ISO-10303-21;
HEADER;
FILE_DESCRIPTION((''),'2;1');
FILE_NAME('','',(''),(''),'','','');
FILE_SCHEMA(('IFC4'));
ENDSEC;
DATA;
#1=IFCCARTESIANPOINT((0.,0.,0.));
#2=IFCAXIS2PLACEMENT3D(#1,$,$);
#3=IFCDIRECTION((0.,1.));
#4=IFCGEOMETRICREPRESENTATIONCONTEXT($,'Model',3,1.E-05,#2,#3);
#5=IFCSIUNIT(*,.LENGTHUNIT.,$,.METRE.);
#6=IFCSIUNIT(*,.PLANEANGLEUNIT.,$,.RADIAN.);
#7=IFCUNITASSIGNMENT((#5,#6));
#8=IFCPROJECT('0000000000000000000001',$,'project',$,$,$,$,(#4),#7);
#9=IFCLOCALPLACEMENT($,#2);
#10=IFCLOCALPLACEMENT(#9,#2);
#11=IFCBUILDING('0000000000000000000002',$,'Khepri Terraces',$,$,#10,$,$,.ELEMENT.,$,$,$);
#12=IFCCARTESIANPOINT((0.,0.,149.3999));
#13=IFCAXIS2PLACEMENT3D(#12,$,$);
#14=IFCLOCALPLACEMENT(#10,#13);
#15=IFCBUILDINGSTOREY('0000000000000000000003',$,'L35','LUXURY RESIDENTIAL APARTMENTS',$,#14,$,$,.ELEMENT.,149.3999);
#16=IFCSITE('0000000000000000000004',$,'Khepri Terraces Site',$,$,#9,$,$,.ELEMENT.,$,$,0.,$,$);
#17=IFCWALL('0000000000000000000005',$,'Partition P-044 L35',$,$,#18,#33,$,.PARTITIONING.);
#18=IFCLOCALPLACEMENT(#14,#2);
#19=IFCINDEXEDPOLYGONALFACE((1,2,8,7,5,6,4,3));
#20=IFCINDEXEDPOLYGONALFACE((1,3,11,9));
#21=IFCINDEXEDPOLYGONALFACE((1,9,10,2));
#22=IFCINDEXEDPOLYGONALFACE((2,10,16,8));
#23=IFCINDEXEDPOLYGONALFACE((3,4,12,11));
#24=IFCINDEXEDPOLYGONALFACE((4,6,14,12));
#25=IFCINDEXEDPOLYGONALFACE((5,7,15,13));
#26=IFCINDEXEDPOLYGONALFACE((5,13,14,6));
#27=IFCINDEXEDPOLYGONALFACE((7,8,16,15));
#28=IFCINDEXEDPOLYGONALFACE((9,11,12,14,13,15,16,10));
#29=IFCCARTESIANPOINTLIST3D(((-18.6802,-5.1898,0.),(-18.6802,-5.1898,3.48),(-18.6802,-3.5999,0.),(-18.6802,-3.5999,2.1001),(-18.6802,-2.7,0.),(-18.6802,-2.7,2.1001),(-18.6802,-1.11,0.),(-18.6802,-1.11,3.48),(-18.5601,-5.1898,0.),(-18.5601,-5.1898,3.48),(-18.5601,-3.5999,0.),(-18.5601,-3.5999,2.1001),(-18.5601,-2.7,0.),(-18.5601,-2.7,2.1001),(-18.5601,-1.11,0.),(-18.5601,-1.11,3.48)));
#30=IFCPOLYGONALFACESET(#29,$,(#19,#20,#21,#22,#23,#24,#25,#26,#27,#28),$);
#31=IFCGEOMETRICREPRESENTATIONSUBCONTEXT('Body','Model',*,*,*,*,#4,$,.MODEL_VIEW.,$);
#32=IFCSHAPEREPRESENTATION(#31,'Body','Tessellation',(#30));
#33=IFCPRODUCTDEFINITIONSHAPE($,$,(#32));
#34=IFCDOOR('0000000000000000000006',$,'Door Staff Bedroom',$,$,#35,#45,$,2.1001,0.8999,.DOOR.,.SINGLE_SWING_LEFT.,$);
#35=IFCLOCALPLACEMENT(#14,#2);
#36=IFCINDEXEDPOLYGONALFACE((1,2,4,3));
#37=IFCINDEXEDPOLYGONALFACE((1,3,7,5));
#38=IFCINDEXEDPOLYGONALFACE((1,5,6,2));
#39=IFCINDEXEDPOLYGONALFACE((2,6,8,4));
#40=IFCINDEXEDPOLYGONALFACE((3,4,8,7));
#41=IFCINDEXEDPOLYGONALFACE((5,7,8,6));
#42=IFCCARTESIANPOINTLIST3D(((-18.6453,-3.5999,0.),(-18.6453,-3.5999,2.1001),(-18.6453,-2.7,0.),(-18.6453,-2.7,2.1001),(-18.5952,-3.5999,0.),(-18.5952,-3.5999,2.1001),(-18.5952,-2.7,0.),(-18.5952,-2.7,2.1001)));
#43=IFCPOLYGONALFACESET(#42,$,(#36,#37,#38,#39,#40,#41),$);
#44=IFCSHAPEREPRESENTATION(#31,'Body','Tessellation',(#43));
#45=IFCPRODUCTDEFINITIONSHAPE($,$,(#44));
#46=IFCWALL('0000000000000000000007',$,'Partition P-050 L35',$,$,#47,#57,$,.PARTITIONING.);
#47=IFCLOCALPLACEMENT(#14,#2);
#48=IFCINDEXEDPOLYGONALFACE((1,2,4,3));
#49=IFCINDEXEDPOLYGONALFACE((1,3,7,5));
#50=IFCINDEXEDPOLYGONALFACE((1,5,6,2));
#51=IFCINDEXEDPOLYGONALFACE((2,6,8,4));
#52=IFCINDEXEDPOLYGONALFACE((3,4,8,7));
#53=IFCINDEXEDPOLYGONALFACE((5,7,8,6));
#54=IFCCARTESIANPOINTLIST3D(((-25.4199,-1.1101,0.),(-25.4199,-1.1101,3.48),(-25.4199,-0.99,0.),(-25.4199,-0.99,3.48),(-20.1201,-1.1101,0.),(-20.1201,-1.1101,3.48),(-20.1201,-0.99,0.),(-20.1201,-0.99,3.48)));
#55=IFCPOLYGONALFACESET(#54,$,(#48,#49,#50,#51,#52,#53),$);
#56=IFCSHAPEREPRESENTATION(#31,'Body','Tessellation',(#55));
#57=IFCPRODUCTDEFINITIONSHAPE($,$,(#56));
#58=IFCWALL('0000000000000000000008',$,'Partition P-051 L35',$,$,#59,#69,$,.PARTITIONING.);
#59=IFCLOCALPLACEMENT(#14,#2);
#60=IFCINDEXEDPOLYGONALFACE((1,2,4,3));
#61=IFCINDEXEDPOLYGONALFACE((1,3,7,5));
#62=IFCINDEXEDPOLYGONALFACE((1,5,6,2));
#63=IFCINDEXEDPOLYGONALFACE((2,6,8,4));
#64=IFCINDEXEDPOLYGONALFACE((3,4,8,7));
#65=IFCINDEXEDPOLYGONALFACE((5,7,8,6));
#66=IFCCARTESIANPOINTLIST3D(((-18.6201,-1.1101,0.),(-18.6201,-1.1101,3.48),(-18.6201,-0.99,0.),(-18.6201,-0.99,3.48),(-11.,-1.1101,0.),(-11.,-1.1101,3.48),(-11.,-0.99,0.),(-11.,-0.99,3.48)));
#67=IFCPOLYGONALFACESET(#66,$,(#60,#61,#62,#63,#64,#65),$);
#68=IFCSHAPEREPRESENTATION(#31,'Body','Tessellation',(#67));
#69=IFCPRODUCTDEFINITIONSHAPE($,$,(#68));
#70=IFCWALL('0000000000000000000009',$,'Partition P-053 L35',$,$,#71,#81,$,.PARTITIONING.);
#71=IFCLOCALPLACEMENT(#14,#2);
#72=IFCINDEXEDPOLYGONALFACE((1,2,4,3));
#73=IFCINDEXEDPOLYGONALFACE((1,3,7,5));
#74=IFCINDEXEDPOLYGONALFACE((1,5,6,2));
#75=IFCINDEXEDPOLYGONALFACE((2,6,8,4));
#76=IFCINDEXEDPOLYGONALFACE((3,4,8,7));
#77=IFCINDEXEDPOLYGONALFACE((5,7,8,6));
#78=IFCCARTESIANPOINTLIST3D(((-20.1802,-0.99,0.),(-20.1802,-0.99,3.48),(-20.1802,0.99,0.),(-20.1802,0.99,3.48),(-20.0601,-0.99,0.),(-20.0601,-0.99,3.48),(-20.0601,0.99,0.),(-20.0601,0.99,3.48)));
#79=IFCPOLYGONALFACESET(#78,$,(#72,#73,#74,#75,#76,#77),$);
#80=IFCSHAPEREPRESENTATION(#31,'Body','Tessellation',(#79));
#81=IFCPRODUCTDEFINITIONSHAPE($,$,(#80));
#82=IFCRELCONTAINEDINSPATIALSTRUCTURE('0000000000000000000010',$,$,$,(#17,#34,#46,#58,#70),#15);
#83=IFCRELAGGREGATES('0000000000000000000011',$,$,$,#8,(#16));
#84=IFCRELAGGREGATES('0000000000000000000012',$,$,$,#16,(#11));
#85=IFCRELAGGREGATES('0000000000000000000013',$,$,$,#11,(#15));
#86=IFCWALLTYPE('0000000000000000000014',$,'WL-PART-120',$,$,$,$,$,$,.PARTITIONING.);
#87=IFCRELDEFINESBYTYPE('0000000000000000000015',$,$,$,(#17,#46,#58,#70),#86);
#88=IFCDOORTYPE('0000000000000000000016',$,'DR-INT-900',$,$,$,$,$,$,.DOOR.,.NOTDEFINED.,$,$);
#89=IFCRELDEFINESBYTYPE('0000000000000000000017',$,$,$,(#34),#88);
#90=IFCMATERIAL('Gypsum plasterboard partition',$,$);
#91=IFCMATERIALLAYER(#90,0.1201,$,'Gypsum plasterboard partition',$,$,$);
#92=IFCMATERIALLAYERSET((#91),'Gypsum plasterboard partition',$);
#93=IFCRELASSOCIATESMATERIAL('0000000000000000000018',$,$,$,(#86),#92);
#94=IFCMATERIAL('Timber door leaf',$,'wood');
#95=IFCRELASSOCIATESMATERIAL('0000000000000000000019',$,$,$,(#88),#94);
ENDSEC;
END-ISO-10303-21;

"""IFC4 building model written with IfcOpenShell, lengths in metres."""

from ifc_helpers import new_model, si_unit, direction, frame, frame_2d, origin, place, context, subcontext, project, spatial, rectangle, extrude, material, layer, layer_set, type_object, element, fill, save


model = new_model("IFC4")

# Units and contexts
model_context = context("Model", 3, precision=1e-05, world=origin(), true_north=direction((0.0, 1.0)))
body_context = subcontext(model_context, "Body", "Model", "MODEL_VIEW")
ifc_project = project(units=[si_unit("LENGTHUNIT", "METRE"), si_unit("PLANEANGLEUNIT", "RADIAN")], contexts=[model_context])

# Site, building, storey
site_placement = place(None, origin())
site = spatial("IfcSite", under=ifc_project, at=site_placement, Name="Khepri Terraces Site", CompositionType="ELEMENT", RefElevation=0.0)
building_placement = place(site_placement, origin())
building = spatial("IfcBuilding", under=site, at=building_placement, Name="Khepri Terraces", CompositionType="ELEMENT")
storey_placement = place(building_placement, frame((0.0, 0.0, 149.3999)))
storey = spatial("IfcBuildingStorey", under=building, at=storey_placement, Name="L35", Description="LUXURY RESIDENTIAL APARTMENTS", CompositionType="ELEMENT", Elevation=149.3999)

# Shared definitions
ifc_material_1 = material(Name="Gypsum plasterboard partition")
ifc_layer_1 = layer(ifc_material_1, 0.1201, Name="Gypsum plasterboard partition")
ifc_layer_set_1 = layer_set([ifc_layer_1], Name="Gypsum plasterboard partition")
wall_type_1 = type_object("IfcWallType", Name="WL-PART-120", PredefinedType="PARTITIONING", material=ifc_layer_set_1)

# Wall, opening, door
ifc_material_2 = material(Name="Timber door leaf", Category="wood")
door_type_1 = type_object("IfcDoorType", Name="DR-INT-900", OperationType="NOTDEFINED", PredefinedType="DOOR", material=ifc_material_2)
wall_1_placement = place(storey_placement, frame((-18.6201, -5.1899, 0.0), z_axis=(0.0, 0.0, 1.0), x_axis=(0.0, 1.0, 0.0)))
wall_1 = element("IfcWall", 1, at=wall_1_placement, inside=storey, type_object=wall_type_1, Name="Partition P-044 L35", PredefinedType="PARTITIONING", context=body_context, shape_type="SweptSolid", body=[
    extrude(rectangle(XDim=4.0798, YDim=0.1201, at=frame_2d((2.04, 0.0))), origin(), (0.0, 0.0, 1.0), 3.48),
])
opening_1_placement = place(wall_1_placement, frame((1.5901, 0.0, 0.0)))
opening_1 = element("IfcOpeningElement", 2, at=opening_1_placement, cuts=wall_1, PredefinedType="OPENING", context=body_context, shape_type="SweptSolid", body=[
    extrude(rectangle(XDim=0.8999, YDim=2.1001, at=frame_2d((0.45, 1.05))), frame((0.0, 0.0701, 0.0), z_axis=(0.0, -1.0, 0.0), x_axis=(1.0, 0.0, 0.0)), (0.0, 0.0, 1.0), 0.1401),
])
door_1_placement = place(opening_1_placement, frame((0.8999, 0.0, 0.0), z_axis=(0.0, 0.0, 1.0), x_axis=(-1.0, 0.0, 0.0)))
door_1 = element("IfcDoor", 3, at=door_1_placement, inside=storey, type_object=door_type_1, Name="Door Staff Bedroom", OperationType="SINGLE_SWING_LEFT", OverallHeight=2.1001, OverallWidth=0.8999, PredefinedType="DOOR", context=body_context, shape_type="SweptSolid", body=[
    extrude(rectangle(XDim=0.8999, YDim=2.1001, at=frame_2d((0.45, 1.05))), frame((0.0, 0.0249, 0.0), z_axis=(0.0, -1.0, 0.0), x_axis=(1.0, 0.0, 0.0)), (0.0, 0.0, 1.0), 0.05),
])
fill(opening_1, door_1)

# Walls
wall_2_placement = place(storey_placement, frame((-25.4199, -1.05, 0.0), z_axis=(0.0, 0.0, 1.0), x_axis=(1.0, 0.0, 0.0)))
element("IfcWall", 4, at=wall_2_placement, inside=storey, type_object=wall_type_1, Name="Partition P-050 L35", PredefinedType="PARTITIONING", context=body_context, shape_type="SweptSolid", body=[
    extrude(rectangle(XDim=5.2998, YDim=0.1201, at=frame_2d((2.6499, 0.0))), origin(), (0.0, 0.0, 1.0), 3.48),
])
wall_3_placement = place(storey_placement, frame((-18.6201, -1.05, 0.0), z_axis=(0.0, 0.0, 1.0), x_axis=(1.0, 0.0, 0.0)))
element("IfcWall", 5, at=wall_3_placement, inside=storey, type_object=wall_type_1, Name="Partition P-051 L35", PredefinedType="PARTITIONING", context=body_context, shape_type="SweptSolid", body=[
    extrude(rectangle(XDim=7.6201, YDim=0.1201, at=frame_2d((3.8101, 0.0))), origin(), (0.0, 0.0, 1.0), 3.48),
])
wall_4_placement = place(storey_placement, frame((-20.1201, -0.99, 0.0), z_axis=(0.0, 0.0, 1.0), x_axis=(0.0, 1.0, 0.0)))
element("IfcWall", 6, at=wall_4_placement, inside=storey, type_object=wall_type_1, Name="Partition P-053 L35", PredefinedType="PARTITIONING", context=body_context, shape_type="SweptSolid", body=[
    extrude(rectangle(XDim=1.98, YDim=0.1201, at=frame_2d((0.99, 0.0))), origin(), (0.0, 0.0, 1.0), 3.48),
])

save(model, "model.ifc")
